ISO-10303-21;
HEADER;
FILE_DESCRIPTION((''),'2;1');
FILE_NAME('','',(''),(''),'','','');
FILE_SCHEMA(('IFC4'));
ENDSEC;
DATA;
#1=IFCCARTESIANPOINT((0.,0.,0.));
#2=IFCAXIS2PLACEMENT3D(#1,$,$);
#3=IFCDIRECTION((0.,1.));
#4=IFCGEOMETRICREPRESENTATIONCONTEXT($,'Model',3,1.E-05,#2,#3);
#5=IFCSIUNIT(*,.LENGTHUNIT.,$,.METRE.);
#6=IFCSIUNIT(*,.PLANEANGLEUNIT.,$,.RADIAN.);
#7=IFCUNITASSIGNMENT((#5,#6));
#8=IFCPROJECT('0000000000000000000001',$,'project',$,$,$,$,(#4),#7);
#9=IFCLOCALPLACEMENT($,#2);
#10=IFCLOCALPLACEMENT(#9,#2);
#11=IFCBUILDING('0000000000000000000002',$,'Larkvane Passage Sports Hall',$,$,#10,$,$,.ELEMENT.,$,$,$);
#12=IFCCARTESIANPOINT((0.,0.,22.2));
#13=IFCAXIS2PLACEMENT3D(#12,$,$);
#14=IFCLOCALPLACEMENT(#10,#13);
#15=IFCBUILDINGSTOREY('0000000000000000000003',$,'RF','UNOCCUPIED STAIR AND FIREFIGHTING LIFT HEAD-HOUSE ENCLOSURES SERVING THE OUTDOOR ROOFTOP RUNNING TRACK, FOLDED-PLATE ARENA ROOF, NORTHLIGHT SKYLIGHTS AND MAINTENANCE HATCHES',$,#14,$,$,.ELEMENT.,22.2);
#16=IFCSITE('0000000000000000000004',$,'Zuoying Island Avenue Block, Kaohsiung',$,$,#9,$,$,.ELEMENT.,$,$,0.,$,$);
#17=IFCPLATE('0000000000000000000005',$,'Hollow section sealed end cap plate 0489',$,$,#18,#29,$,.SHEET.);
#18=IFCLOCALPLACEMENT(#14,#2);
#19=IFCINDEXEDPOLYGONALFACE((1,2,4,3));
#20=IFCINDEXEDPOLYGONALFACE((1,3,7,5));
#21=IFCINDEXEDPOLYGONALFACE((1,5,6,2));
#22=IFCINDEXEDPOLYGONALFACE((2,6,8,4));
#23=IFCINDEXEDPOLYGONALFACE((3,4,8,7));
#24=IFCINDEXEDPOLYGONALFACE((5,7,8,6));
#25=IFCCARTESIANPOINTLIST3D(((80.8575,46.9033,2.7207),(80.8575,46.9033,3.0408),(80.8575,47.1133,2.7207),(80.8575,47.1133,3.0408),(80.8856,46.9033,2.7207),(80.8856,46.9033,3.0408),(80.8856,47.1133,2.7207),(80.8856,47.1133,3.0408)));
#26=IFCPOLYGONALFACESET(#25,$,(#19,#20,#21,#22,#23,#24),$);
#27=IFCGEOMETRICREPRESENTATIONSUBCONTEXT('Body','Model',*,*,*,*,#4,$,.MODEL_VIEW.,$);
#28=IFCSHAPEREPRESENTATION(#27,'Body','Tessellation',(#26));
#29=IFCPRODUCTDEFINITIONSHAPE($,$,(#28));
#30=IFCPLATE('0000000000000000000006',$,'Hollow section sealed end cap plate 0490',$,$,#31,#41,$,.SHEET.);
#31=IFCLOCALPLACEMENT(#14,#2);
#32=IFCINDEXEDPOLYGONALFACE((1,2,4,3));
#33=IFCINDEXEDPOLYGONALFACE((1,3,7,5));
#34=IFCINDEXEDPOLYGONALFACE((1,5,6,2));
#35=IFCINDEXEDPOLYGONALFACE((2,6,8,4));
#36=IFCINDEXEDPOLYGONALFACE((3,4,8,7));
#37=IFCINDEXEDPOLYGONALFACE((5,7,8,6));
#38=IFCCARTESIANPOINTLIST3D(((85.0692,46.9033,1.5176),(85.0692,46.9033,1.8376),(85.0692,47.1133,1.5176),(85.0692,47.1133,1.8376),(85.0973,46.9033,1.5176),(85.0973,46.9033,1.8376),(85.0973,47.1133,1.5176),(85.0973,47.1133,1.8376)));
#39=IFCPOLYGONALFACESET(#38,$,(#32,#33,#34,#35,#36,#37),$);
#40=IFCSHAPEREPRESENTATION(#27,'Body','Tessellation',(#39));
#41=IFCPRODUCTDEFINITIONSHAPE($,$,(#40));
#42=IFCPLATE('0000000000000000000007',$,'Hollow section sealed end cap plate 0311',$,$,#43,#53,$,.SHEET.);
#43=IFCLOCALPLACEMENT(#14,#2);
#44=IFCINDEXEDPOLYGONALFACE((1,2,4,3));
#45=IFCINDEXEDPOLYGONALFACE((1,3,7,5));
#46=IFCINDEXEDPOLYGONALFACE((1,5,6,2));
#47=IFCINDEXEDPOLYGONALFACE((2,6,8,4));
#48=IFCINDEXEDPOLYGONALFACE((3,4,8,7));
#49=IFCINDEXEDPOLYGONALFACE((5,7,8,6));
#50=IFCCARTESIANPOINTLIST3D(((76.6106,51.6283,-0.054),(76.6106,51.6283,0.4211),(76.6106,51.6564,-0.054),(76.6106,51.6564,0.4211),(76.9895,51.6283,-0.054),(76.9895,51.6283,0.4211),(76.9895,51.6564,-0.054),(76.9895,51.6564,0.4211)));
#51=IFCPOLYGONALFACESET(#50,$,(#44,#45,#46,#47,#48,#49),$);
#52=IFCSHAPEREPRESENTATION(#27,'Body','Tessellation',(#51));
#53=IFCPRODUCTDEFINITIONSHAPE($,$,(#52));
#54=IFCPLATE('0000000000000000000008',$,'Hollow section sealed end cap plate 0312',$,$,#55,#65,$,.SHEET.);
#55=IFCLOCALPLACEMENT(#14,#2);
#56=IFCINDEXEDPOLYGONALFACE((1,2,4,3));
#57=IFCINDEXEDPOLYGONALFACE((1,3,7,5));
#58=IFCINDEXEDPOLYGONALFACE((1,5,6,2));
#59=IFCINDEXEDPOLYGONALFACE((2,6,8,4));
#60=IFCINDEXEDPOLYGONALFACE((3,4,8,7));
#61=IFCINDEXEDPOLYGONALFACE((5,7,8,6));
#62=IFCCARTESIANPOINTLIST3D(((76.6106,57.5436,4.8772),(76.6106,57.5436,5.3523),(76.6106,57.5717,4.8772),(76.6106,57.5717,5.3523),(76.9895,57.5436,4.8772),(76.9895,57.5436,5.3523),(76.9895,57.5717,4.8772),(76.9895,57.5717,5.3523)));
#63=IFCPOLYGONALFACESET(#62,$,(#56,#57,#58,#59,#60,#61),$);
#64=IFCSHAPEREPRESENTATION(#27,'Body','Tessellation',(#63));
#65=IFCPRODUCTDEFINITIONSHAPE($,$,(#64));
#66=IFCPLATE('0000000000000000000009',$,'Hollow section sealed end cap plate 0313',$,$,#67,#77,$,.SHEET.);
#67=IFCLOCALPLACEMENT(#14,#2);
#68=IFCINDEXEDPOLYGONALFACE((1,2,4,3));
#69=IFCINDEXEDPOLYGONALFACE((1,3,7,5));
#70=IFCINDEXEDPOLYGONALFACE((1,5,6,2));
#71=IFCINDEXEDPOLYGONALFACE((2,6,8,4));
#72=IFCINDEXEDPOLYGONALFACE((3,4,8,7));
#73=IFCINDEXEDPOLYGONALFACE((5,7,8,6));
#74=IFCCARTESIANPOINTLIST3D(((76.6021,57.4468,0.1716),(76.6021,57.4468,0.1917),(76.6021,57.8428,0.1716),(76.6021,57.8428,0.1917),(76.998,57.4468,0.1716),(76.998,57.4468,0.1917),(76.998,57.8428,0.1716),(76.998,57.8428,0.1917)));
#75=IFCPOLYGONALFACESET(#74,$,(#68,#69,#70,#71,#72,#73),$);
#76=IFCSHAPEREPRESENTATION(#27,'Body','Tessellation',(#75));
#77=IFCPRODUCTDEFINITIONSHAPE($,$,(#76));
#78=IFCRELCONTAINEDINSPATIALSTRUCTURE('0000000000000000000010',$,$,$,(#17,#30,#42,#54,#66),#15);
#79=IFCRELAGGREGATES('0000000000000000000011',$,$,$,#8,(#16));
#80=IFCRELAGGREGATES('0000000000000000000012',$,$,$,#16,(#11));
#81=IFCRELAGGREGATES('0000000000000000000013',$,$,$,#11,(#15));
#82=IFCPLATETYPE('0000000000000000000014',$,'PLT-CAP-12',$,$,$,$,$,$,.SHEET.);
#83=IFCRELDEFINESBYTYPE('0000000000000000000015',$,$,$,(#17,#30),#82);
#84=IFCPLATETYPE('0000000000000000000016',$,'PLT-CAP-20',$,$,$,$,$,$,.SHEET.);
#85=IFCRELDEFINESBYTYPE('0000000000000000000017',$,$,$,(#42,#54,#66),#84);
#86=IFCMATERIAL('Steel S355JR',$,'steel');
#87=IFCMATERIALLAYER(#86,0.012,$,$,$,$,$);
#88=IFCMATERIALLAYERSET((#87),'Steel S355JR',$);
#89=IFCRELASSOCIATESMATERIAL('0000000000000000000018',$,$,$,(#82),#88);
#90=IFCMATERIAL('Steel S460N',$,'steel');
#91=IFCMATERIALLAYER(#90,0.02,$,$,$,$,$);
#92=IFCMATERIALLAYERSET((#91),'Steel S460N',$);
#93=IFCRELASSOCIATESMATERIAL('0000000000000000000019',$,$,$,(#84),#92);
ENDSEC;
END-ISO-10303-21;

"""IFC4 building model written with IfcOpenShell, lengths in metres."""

from ifc_helpers import new_model, si_unit, direction, frame, origin, origin_2d, place, context, subcontext, project, spatial, rectangle, extrude, material, layer, layer_set, type_object, element, save


model = new_model("IFC4")

# Units and contexts
model_context = context("Model", 3, precision=1e-05, world=origin(), true_north=direction((0.0, 1.0)))
body_context = subcontext(model_context, "Body", "Model", "MODEL_VIEW")
ifc_project = project(units=[si_unit("LENGTHUNIT", "METRE"), si_unit("PLANEANGLEUNIT", "RADIAN")], contexts=[model_context])

# Site, building, storey
site_placement = place(None, origin())
site = spatial("IfcSite", under=ifc_project, at=site_placement, Name="Zuoying Island Avenue Block, Kaohsiung", CompositionType="ELEMENT", RefElevation=0.0)
building_placement = place(site_placement, origin())
building = spatial("IfcBuilding", under=site, at=building_placement, Name="Larkvane Passage Sports Hall", CompositionType="ELEMENT")
storey_placement = place(building_placement, frame((0.0, 0.0, 22.2)))
storey = spatial("IfcBuildingStorey", under=building, at=storey_placement, Name="RF", Description="UNOCCUPIED STAIR AND FIREFIGHTING LIFT HEAD-HOUSE ENCLOSURES SERVING THE OUTDOOR ROOFTOP RUNNING TRACK, FOLDED-PLATE ARENA ROOF, NORTHLIGHT SKYLIGHTS AND MAINTENANCE HATCHES", CompositionType="ELEMENT", Elevation=22.2)

# Shared definitions
ifc_material_1 = material(Name="Steel S460N", Category="steel")
ifc_material_2 = material(Name="Steel S355JR", Category="steel")

# Plates
ifc_layer_1 = layer(ifc_material_2, 0.012)
ifc_layer_set_1 = layer_set([ifc_layer_1], Name="Steel S355JR")
plate_type_1 = type_object("IfcPlateType", Name="PLT-CAP-12", PredefinedType="SHEET", material=ifc_layer_set_1)
for number, where, z_axis, x_axis, name in (
    (1, (80.8716, 47.0083, 2.7207), (0.0, 0.0, 1.0), (0.0, 1.0, 0.0), "Hollow section sealed end cap plate 0489"),
    (2, (85.0833, 47.0083, 1.5176), (0.0, 0.0, 1.0), (0.0, 1.0, 0.0), "Hollow section sealed end cap plate 0490"),
):
    element("IfcPlate", number, at=place(storey_placement, frame(where, z_axis=z_axis, x_axis=x_axis)), inside=storey, type_object=plate_type_1, Name=name, PredefinedType="SHEET", context=body_context, shape_type="SweptSolid", body=[
        extrude(rectangle(XDim=0.21, YDim=0.0281, at=origin_2d()), origin(), (0.0, 0.0, 1.0), 0.3201),
    ])
ifc_layer_2 = layer(ifc_material_1, 0.02)
ifc_layer_set_2 = layer_set([ifc_layer_2], Name="Steel S460N")
plate_type_2 = type_object("IfcPlateType", Name="PLT-CAP-20", PredefinedType="SHEET", material=ifc_layer_set_2)
for number, where, z_axis, x_axis, name in (
    (3, (76.8, 51.6423, -0.054), (0.0, 0.0, 1.0), (-1.0, 0.0, 0.0), "Hollow section sealed end cap plate 0311"),
    (4, (76.8, 57.5576, 4.8772), (0.0, 0.0, 1.0), (-1.0, 0.0, 0.0), "Hollow section sealed end cap plate 0312"),
):
    element("IfcPlate", number, at=place(storey_placement, frame(where, z_axis=z_axis, x_axis=x_axis)), inside=storey, type_object=plate_type_2, Name=name, PredefinedType="SHEET", context=body_context, shape_type="SweptSolid", body=[
        extrude(rectangle(XDim=0.3789, YDim=0.0281, at=origin_2d()), origin(), (0.0, 0.0, 1.0), 0.4751),
    ])
plate_1_placement = place(storey_placement, frame((76.8, 57.6448, 0.1716), z_axis=(0.0, 0.0, 1.0), x_axis=(1.0, 0.0, 0.0)))
element("IfcPlate", 5, at=plate_1_placement, inside=storey, type_object=plate_type_2, Name="Hollow section sealed end cap plate 0313", PredefinedType="SHEET", context=body_context, shape_type="SweptSolid", body=[
    extrude(rectangle(XDim=0.396, YDim=0.396, at=origin_2d()), origin(), (0.0, 0.0, 1.0), 0.02),
])

save(model, "model.ifc")
